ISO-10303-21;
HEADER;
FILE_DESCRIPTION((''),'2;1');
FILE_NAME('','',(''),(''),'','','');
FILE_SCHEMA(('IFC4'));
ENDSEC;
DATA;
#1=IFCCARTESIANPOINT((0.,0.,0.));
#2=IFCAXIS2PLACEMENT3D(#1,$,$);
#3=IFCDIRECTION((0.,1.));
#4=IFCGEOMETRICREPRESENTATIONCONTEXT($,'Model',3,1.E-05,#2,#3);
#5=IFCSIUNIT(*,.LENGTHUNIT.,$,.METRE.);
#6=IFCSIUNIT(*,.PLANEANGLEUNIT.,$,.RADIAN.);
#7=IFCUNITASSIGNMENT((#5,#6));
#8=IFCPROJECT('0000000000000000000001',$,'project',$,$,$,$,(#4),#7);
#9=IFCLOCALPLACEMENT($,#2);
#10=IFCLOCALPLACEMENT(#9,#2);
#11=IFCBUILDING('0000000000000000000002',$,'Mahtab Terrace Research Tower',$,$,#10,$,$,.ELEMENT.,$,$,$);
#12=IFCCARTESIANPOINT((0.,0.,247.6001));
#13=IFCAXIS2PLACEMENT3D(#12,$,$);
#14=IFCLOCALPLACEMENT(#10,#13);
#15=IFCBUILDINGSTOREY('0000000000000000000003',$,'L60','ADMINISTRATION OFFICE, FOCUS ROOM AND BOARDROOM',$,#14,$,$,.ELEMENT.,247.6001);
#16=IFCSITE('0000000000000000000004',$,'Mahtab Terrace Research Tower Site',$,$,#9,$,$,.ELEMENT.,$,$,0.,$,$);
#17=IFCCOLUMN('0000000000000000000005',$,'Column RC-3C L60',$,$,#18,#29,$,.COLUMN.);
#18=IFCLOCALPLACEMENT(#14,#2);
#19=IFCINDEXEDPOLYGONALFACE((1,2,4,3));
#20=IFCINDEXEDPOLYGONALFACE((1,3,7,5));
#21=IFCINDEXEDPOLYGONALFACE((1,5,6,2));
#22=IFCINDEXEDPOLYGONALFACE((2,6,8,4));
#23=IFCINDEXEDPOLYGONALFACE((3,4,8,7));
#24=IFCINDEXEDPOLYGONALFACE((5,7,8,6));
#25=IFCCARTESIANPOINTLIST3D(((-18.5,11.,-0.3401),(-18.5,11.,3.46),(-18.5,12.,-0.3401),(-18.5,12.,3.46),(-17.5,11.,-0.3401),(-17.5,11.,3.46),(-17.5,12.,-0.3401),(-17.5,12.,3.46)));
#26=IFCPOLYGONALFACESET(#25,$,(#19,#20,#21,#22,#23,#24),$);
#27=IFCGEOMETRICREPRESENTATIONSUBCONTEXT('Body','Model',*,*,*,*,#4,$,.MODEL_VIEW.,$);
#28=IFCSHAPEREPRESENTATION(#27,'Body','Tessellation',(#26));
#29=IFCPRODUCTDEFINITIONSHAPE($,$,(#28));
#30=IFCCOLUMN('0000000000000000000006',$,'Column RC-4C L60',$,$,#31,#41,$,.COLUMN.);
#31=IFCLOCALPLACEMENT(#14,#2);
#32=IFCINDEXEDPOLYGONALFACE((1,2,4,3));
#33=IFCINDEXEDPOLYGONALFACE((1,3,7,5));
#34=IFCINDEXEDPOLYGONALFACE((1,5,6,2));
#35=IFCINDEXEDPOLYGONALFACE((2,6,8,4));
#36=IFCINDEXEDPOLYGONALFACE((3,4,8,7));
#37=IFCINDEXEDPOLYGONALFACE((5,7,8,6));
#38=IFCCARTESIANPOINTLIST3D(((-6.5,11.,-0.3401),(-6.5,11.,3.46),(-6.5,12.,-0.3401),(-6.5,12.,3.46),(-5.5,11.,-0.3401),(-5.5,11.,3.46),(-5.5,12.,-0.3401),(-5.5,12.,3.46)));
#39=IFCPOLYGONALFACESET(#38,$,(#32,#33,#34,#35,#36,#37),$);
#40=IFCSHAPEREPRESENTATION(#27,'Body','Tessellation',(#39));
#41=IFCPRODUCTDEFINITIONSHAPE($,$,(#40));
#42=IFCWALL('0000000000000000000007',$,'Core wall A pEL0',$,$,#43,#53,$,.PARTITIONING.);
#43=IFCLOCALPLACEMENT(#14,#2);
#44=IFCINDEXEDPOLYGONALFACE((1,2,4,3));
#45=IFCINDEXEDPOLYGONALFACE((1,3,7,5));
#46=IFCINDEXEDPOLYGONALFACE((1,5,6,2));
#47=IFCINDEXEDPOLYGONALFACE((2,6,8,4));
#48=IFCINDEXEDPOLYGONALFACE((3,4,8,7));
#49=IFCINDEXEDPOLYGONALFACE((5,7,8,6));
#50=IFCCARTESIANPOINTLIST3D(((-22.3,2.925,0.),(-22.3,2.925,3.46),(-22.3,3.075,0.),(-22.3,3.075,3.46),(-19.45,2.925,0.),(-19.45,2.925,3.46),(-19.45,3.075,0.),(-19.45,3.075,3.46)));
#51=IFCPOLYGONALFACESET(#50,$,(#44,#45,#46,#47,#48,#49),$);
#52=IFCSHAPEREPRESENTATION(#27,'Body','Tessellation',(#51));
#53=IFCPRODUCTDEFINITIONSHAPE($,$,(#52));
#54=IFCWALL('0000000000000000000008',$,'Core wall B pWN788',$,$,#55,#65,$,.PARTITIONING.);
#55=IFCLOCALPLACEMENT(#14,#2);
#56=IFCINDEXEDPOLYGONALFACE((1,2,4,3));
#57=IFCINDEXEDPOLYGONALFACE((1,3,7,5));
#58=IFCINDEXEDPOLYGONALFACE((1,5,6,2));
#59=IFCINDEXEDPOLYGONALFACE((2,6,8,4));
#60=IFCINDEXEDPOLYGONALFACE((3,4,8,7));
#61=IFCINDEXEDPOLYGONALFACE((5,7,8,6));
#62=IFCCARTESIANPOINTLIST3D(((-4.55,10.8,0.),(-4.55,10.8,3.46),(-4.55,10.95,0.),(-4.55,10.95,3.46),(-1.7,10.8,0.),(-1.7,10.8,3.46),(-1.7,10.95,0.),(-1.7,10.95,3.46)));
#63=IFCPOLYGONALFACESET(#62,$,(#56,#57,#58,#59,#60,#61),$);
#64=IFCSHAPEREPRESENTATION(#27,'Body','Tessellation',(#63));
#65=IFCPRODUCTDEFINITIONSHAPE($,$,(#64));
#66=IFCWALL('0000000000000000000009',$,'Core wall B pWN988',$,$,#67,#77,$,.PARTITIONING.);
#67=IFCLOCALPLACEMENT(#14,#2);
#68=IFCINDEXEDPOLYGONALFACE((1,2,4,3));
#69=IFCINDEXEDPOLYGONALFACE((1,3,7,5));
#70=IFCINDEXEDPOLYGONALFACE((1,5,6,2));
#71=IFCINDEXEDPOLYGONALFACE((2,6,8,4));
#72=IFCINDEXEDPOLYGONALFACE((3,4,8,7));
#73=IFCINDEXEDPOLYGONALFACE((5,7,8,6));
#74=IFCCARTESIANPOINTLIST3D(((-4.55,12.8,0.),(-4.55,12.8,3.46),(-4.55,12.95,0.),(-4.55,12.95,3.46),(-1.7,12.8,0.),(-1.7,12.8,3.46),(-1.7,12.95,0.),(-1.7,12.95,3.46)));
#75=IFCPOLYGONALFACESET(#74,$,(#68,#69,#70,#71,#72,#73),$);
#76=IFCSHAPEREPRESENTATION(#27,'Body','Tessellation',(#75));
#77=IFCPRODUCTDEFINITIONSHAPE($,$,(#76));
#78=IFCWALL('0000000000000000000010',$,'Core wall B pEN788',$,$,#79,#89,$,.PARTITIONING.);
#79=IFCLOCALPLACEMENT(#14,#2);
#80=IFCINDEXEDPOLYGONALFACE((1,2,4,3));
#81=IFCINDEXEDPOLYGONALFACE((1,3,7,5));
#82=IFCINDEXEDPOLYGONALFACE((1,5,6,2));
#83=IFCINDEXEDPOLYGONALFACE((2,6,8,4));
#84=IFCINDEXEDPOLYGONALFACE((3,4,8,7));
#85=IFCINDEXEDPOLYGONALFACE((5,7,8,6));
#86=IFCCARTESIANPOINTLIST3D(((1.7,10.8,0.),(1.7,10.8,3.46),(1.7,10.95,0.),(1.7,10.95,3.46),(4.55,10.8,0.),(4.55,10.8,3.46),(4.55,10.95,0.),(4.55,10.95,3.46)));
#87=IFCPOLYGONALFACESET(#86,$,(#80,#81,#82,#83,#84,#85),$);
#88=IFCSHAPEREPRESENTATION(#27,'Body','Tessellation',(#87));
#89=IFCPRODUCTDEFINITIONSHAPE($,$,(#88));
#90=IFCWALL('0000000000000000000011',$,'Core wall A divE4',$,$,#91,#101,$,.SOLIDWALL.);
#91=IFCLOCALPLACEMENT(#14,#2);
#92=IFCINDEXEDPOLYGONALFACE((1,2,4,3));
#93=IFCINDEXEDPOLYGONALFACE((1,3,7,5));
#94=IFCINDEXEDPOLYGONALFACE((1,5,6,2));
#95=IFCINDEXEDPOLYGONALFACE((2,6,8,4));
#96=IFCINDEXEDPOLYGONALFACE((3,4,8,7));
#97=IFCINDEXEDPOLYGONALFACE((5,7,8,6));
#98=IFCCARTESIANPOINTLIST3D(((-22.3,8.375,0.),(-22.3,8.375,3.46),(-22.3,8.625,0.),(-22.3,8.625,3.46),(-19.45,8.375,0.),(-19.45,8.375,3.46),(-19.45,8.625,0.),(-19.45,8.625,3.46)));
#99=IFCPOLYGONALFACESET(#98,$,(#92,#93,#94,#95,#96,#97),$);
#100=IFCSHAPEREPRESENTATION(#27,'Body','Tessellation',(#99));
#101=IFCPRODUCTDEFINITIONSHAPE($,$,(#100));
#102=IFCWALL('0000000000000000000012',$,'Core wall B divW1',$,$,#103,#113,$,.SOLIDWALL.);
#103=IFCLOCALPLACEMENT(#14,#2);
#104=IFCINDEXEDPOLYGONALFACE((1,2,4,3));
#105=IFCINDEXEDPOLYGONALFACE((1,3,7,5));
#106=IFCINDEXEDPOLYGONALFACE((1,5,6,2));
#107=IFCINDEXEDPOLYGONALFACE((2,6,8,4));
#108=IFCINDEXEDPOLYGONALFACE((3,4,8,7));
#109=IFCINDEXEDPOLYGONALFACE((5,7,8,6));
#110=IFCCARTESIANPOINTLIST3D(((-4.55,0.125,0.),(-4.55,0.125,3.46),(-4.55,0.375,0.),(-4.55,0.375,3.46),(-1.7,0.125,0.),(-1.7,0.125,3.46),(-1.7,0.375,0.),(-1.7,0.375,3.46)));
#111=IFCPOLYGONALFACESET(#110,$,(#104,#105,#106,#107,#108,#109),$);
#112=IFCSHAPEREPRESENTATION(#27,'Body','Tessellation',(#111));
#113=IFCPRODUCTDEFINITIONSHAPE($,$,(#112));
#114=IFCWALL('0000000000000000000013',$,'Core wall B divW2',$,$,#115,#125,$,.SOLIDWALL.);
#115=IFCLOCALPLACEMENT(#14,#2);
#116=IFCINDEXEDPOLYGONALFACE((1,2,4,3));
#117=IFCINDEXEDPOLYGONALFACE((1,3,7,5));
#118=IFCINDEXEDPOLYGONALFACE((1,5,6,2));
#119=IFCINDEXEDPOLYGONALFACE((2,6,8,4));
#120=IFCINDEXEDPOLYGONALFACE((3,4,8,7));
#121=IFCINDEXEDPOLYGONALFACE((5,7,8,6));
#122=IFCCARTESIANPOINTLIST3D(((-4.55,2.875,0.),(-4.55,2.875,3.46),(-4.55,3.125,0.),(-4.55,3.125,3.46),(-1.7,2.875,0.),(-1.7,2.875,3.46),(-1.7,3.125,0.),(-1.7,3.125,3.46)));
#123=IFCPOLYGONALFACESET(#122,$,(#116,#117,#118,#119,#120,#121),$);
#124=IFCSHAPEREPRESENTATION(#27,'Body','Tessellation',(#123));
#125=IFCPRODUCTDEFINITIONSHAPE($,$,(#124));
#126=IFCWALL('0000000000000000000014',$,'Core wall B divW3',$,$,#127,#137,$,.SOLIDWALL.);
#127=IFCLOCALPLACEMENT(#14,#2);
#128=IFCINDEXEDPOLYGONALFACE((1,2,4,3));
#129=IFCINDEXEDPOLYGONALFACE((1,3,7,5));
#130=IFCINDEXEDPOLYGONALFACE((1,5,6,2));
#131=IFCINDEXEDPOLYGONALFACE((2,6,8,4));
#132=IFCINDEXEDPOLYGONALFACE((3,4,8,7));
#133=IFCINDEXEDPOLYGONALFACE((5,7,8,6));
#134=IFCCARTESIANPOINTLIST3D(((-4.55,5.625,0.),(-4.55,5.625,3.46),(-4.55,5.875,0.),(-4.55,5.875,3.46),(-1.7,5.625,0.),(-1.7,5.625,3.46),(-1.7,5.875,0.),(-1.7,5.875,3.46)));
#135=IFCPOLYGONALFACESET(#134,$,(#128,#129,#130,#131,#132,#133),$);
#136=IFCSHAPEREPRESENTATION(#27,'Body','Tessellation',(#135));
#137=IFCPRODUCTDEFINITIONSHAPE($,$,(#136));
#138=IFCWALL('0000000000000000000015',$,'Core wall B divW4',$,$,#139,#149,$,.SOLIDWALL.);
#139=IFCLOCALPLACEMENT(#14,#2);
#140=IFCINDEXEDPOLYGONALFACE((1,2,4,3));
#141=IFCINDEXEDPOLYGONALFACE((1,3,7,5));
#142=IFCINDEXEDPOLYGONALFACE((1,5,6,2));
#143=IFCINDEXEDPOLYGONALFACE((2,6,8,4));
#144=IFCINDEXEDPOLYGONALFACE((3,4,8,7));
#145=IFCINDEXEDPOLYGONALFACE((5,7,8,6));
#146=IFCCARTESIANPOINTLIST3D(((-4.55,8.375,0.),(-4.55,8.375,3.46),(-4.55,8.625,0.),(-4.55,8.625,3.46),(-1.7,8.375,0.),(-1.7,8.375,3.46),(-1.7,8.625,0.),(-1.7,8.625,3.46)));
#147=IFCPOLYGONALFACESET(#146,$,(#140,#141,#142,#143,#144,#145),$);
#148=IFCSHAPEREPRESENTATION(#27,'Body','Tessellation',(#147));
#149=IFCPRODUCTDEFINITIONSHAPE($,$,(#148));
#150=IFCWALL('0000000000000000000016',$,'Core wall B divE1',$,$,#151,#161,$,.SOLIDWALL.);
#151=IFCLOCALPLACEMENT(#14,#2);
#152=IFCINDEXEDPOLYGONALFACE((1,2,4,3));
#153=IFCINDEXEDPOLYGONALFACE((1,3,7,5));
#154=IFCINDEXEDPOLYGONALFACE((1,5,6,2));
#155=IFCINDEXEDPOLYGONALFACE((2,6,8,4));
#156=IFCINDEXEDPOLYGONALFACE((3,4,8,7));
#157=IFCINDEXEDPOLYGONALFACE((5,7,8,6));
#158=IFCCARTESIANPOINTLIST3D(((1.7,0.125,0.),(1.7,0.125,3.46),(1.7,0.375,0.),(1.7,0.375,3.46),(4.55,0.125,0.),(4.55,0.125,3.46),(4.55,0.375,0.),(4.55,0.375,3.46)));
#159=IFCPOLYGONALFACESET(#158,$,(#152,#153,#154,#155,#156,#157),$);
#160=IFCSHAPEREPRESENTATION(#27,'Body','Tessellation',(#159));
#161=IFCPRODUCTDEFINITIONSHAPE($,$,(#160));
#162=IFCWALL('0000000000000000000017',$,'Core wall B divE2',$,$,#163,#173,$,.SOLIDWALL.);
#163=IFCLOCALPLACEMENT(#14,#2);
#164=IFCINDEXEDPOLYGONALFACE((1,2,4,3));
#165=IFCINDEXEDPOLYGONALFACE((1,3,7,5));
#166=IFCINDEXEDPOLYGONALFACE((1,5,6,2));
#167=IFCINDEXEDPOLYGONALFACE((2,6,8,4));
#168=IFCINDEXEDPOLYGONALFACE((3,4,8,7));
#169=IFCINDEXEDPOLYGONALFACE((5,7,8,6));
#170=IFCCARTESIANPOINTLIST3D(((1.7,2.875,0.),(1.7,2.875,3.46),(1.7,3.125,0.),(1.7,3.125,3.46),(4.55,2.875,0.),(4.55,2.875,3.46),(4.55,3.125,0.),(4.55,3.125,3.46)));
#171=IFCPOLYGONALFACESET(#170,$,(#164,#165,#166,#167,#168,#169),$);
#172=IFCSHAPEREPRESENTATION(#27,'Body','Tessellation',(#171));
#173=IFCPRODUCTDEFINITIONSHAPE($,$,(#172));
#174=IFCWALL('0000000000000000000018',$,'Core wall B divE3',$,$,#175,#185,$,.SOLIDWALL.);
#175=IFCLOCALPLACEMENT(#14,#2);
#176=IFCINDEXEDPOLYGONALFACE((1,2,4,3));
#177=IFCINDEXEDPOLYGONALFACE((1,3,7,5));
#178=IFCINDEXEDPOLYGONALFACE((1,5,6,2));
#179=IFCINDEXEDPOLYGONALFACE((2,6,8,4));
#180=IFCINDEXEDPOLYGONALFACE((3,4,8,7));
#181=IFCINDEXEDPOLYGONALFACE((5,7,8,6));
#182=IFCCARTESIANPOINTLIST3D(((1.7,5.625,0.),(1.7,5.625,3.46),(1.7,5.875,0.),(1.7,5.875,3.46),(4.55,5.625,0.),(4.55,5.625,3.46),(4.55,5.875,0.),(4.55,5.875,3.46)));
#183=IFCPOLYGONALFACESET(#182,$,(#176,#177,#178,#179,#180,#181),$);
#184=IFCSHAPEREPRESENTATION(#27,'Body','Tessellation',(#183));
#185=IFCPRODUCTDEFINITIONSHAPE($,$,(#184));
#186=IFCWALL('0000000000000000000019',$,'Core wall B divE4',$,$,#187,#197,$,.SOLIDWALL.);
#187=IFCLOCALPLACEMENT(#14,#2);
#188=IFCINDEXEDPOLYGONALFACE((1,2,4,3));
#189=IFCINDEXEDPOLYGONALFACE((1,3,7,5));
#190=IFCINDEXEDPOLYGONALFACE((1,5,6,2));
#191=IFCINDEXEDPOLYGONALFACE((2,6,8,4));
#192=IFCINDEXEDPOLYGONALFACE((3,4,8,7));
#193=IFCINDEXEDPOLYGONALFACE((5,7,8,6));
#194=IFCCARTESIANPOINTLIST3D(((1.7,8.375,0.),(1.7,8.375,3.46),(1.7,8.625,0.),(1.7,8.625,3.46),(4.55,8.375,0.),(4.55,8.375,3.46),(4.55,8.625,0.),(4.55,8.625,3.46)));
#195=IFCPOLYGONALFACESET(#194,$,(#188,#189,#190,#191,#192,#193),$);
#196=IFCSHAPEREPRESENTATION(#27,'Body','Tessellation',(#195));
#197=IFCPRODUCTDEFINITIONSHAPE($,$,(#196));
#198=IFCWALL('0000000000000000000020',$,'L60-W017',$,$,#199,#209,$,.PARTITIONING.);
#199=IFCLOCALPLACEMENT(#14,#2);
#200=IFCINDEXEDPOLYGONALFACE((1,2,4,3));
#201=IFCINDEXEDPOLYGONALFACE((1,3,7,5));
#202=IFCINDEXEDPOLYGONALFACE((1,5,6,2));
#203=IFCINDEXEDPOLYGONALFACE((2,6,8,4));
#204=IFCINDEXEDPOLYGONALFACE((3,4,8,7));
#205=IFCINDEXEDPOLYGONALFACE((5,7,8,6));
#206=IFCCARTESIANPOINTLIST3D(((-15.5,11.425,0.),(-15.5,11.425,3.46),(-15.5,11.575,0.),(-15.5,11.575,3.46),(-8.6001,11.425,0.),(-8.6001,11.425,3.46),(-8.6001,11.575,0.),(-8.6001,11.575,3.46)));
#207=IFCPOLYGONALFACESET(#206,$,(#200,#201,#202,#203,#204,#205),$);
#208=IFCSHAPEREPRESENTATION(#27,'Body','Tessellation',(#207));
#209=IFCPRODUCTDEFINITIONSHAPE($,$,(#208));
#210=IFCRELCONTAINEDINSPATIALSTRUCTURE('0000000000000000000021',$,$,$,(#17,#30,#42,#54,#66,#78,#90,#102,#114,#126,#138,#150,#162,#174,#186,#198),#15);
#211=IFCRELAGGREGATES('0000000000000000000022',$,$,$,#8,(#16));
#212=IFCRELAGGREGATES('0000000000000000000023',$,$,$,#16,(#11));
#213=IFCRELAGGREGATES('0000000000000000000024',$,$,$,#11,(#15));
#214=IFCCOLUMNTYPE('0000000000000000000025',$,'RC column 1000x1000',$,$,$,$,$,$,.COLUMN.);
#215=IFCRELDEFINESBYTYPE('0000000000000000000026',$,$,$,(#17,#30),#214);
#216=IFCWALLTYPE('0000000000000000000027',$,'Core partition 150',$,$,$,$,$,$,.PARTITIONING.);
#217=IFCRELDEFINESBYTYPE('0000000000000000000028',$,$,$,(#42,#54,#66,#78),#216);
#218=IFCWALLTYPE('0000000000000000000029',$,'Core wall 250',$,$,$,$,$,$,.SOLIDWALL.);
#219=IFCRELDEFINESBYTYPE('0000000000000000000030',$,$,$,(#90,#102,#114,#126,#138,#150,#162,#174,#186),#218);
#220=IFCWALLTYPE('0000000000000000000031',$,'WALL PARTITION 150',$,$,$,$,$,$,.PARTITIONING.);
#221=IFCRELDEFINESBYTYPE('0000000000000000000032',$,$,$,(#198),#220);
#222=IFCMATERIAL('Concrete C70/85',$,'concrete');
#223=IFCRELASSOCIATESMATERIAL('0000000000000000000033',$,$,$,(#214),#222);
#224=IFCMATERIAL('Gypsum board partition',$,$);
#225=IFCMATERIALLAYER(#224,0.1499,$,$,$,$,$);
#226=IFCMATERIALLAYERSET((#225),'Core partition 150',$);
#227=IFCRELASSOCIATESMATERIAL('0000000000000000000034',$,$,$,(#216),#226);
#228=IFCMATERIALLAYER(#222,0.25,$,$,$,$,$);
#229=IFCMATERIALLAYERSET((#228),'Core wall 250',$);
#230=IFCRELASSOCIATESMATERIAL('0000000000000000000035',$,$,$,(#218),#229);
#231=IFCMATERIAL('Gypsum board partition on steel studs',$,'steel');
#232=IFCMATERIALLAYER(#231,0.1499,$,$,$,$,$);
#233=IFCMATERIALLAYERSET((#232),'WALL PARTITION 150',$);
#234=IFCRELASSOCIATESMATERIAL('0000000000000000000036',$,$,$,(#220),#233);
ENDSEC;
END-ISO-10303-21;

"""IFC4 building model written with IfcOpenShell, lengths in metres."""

from ifc_helpers import new_model, si_unit, direction, frame, frame_2d, origin, origin_2d, place, context, subcontext, project, spatial, rectangle, extrude, material, layer, layer_set, material_profile, profile_set, type_object, element, save


model = new_model("IFC4")

# Units and contexts
model_context = context("Model", 3, precision=1e-05, world=origin(), true_north=direction((0.0, 1.0)))
body_context = subcontext(model_context, "Body", "Model", "MODEL_VIEW")
ifc_project = project(units=[si_unit("LENGTHUNIT", "METRE"), si_unit("PLANEANGLEUNIT", "RADIAN")], contexts=[model_context])

# Site, building, storey
site_placement = place(None, origin())
site = spatial("IfcSite", under=ifc_project, at=site_placement, Name="Mahtab Terrace Research Tower Site", CompositionType="ELEMENT", RefElevation=0.0)
building_placement = place(site_placement, origin())
building = spatial("IfcBuilding", under=site, at=building_placement, Name="Mahtab Terrace Research Tower", CompositionType="ELEMENT")
storey_placement = place(building_placement, frame((0.0, 0.0, 247.6001)))
storey = spatial("IfcBuildingStorey", under=building, at=storey_placement, Name="L60", Description="ADMINISTRATION OFFICE, FOCUS ROOM AND BOARDROOM", CompositionType="ELEMENT", Elevation=247.6001)

# Columns
ifc_material_1 = material(Name="Concrete C70/85", Category="concrete")
ifc_material_profile = material_profile(ifc_material_1, rectangle(XDim=1.0, YDim=1.0, at=origin_2d()), Name="RC column 1000x1000")
ifc_profile_set = profile_set([ifc_material_profile], Name="Concrete C70/85")
column_type = type_object("IfcColumnType", Name="RC column 1000x1000", PredefinedType="COLUMN", material=ifc_profile_set)
for number, where, z_axis, x_axis, name in (
    (1, (-18.0, 11.5, -0.3401), (0.0, 0.0, 1.0), (1.0, 0.0, 0.0), "Column RC-3C L60"),
    (2, (-6.0, 11.5, -0.3401), (0.0, 0.0, 1.0), (1.0, 0.0, 0.0), "Column RC-4C L60"),
):
    element("IfcColumn", number, at=place(storey_placement, frame(where, z_axis=z_axis, x_axis=x_axis)), inside=storey, type_object=column_type, Name=name, PredefinedType="COLUMN", context=body_context, shape_type="SweptSolid", body=[
        extrude(rectangle(XDim=1.0, YDim=1.0, at=origin_2d()), origin(), (0.0, 0.0, 1.0), 3.8),
    ])

# Walls
ifc_material_2 = material(Name="Gypsum board partition")
ifc_layer_1 = layer(ifc_material_2, 0.1499)
ifc_layer_set_1 = layer_set([ifc_layer_1], Name="Core partition 150")
wall_type_1 = type_object("IfcWallType", Name="Core partition 150", PredefinedType="PARTITIONING", material=ifc_layer_set_1)
for number, where, z_axis, x_axis, name in (
    (3, (-22.3, 3.0, 0.0), (0.0, 0.0, 1.0), (1.0, 0.0, 0.0), "Core wall A pEL0"),
    (4, (-4.55, 10.875, 0.0), (0.0, 0.0, 1.0), (1.0, 0.0, 0.0), "Core wall B pWN788"),
    (5, (-4.55, 12.875, 0.0), (0.0, 0.0, 1.0), (1.0, 0.0, 0.0), "Core wall B pWN988"),
    (6, (1.7, 10.875, 0.0), (0.0, 0.0, 1.0), (1.0, 0.0, 0.0), "Core wall B pEN788"),
):
    element("IfcWall", number, at=place(storey_placement, frame(where, z_axis=z_axis, x_axis=x_axis)), inside=storey, type_object=wall_type_1, Name=name, PredefinedType="PARTITIONING", context=body_context, shape_type="SweptSolid", body=[
        extrude(rectangle(XDim=2.8501, YDim=0.1499, at=frame_2d((1.425, 0.0))), origin(), (0.0, 0.0, 1.0), 3.46),
    ])
ifc_layer_2 = layer(ifc_material_1, 0.25)
ifc_layer_set_2 = layer_set([ifc_layer_2], Name="Core wall 250")
wall_type_2 = type_object("IfcWallType", Name="Core wall 250", PredefinedType="SOLIDWALL", material=ifc_layer_set_2)
for number, where, z_axis, x_axis, name in (
    (7, (-22.3, 8.5, 0.0), (0.0, 0.0, 1.0), (1.0, 0.0, 0.0), "Core wall A divE4"),
    (8, (-4.55, 0.25, 0.0), (0.0, 0.0, 1.0), (1.0, 0.0, 0.0), "Core wall B divW1"),
    (9, (-4.55, 3.0, 0.0), (0.0, 0.0, 1.0), (1.0, 0.0, 0.0), "Core wall B divW2"),
    (10, (-4.55, 5.75, 0.0), (0.0, 0.0, 1.0), (1.0, 0.0, 0.0), "Core wall B divW3"),
    (11, (-4.55, 8.5, 0.0), (0.0, 0.0, 1.0), (1.0, 0.0, 0.0), "Core wall B divW4"),
    (12, (1.7, 0.25, 0.0), (0.0, 0.0, 1.0), (1.0, 0.0, 0.0), "Core wall B divE1"),
    (13, (1.7, 3.0, 0.0), (0.0, 0.0, 1.0), (1.0, 0.0, 0.0), "Core wall B divE2"),
    (14, (1.7, 5.75, 0.0), (0.0, 0.0, 1.0), (1.0, 0.0, 0.0), "Core wall B divE3"),
    (15, (1.7, 8.5, 0.0), (0.0, 0.0, 1.0), (1.0, 0.0, 0.0), "Core wall B divE4"),
):
    element("IfcWall", number, at=place(storey_placement, frame(where, z_axis=z_axis, x_axis=x_axis)), inside=storey, type_object=wall_type_2, Name=name, PredefinedType="SOLIDWALL", context=body_context, shape_type="SweptSolid", body=[
        extrude(rectangle(XDim=2.8501, YDim=0.25, at=frame_2d((1.425, 0.0))), origin(), (0.0, 0.0, 1.0), 3.46),
    ])
ifc_material_3 = material(Name="Gypsum board partition on steel studs", Category="steel")
ifc_layer_3 = layer(ifc_material_3, 0.1499)
ifc_layer_set_3 = layer_set([ifc_layer_3], Name="WALL PARTITION 150")
wall_type_3 = type_object("IfcWallType", Name="WALL PARTITION 150", PredefinedType="PARTITIONING", material=ifc_layer_set_3)
wall_placement = place(storey_placement, frame((-15.5, 11.5, 0.0), z_axis=(0.0, 0.0, 1.0), x_axis=(1.0, 0.0, 0.0)))
element("IfcWall", 16, at=wall_placement, inside=storey, type_object=wall_type_3, Name="L60-W017", PredefinedType="PARTITIONING", context=body_context, shape_type="SweptSolid", body=[
    extrude(rectangle(XDim=6.8999, YDim=0.1499, at=frame_2d((3.45, 0.0))), origin(), (0.0, 0.0, 1.0), 3.46),
])

save(model, "model.ifc")
